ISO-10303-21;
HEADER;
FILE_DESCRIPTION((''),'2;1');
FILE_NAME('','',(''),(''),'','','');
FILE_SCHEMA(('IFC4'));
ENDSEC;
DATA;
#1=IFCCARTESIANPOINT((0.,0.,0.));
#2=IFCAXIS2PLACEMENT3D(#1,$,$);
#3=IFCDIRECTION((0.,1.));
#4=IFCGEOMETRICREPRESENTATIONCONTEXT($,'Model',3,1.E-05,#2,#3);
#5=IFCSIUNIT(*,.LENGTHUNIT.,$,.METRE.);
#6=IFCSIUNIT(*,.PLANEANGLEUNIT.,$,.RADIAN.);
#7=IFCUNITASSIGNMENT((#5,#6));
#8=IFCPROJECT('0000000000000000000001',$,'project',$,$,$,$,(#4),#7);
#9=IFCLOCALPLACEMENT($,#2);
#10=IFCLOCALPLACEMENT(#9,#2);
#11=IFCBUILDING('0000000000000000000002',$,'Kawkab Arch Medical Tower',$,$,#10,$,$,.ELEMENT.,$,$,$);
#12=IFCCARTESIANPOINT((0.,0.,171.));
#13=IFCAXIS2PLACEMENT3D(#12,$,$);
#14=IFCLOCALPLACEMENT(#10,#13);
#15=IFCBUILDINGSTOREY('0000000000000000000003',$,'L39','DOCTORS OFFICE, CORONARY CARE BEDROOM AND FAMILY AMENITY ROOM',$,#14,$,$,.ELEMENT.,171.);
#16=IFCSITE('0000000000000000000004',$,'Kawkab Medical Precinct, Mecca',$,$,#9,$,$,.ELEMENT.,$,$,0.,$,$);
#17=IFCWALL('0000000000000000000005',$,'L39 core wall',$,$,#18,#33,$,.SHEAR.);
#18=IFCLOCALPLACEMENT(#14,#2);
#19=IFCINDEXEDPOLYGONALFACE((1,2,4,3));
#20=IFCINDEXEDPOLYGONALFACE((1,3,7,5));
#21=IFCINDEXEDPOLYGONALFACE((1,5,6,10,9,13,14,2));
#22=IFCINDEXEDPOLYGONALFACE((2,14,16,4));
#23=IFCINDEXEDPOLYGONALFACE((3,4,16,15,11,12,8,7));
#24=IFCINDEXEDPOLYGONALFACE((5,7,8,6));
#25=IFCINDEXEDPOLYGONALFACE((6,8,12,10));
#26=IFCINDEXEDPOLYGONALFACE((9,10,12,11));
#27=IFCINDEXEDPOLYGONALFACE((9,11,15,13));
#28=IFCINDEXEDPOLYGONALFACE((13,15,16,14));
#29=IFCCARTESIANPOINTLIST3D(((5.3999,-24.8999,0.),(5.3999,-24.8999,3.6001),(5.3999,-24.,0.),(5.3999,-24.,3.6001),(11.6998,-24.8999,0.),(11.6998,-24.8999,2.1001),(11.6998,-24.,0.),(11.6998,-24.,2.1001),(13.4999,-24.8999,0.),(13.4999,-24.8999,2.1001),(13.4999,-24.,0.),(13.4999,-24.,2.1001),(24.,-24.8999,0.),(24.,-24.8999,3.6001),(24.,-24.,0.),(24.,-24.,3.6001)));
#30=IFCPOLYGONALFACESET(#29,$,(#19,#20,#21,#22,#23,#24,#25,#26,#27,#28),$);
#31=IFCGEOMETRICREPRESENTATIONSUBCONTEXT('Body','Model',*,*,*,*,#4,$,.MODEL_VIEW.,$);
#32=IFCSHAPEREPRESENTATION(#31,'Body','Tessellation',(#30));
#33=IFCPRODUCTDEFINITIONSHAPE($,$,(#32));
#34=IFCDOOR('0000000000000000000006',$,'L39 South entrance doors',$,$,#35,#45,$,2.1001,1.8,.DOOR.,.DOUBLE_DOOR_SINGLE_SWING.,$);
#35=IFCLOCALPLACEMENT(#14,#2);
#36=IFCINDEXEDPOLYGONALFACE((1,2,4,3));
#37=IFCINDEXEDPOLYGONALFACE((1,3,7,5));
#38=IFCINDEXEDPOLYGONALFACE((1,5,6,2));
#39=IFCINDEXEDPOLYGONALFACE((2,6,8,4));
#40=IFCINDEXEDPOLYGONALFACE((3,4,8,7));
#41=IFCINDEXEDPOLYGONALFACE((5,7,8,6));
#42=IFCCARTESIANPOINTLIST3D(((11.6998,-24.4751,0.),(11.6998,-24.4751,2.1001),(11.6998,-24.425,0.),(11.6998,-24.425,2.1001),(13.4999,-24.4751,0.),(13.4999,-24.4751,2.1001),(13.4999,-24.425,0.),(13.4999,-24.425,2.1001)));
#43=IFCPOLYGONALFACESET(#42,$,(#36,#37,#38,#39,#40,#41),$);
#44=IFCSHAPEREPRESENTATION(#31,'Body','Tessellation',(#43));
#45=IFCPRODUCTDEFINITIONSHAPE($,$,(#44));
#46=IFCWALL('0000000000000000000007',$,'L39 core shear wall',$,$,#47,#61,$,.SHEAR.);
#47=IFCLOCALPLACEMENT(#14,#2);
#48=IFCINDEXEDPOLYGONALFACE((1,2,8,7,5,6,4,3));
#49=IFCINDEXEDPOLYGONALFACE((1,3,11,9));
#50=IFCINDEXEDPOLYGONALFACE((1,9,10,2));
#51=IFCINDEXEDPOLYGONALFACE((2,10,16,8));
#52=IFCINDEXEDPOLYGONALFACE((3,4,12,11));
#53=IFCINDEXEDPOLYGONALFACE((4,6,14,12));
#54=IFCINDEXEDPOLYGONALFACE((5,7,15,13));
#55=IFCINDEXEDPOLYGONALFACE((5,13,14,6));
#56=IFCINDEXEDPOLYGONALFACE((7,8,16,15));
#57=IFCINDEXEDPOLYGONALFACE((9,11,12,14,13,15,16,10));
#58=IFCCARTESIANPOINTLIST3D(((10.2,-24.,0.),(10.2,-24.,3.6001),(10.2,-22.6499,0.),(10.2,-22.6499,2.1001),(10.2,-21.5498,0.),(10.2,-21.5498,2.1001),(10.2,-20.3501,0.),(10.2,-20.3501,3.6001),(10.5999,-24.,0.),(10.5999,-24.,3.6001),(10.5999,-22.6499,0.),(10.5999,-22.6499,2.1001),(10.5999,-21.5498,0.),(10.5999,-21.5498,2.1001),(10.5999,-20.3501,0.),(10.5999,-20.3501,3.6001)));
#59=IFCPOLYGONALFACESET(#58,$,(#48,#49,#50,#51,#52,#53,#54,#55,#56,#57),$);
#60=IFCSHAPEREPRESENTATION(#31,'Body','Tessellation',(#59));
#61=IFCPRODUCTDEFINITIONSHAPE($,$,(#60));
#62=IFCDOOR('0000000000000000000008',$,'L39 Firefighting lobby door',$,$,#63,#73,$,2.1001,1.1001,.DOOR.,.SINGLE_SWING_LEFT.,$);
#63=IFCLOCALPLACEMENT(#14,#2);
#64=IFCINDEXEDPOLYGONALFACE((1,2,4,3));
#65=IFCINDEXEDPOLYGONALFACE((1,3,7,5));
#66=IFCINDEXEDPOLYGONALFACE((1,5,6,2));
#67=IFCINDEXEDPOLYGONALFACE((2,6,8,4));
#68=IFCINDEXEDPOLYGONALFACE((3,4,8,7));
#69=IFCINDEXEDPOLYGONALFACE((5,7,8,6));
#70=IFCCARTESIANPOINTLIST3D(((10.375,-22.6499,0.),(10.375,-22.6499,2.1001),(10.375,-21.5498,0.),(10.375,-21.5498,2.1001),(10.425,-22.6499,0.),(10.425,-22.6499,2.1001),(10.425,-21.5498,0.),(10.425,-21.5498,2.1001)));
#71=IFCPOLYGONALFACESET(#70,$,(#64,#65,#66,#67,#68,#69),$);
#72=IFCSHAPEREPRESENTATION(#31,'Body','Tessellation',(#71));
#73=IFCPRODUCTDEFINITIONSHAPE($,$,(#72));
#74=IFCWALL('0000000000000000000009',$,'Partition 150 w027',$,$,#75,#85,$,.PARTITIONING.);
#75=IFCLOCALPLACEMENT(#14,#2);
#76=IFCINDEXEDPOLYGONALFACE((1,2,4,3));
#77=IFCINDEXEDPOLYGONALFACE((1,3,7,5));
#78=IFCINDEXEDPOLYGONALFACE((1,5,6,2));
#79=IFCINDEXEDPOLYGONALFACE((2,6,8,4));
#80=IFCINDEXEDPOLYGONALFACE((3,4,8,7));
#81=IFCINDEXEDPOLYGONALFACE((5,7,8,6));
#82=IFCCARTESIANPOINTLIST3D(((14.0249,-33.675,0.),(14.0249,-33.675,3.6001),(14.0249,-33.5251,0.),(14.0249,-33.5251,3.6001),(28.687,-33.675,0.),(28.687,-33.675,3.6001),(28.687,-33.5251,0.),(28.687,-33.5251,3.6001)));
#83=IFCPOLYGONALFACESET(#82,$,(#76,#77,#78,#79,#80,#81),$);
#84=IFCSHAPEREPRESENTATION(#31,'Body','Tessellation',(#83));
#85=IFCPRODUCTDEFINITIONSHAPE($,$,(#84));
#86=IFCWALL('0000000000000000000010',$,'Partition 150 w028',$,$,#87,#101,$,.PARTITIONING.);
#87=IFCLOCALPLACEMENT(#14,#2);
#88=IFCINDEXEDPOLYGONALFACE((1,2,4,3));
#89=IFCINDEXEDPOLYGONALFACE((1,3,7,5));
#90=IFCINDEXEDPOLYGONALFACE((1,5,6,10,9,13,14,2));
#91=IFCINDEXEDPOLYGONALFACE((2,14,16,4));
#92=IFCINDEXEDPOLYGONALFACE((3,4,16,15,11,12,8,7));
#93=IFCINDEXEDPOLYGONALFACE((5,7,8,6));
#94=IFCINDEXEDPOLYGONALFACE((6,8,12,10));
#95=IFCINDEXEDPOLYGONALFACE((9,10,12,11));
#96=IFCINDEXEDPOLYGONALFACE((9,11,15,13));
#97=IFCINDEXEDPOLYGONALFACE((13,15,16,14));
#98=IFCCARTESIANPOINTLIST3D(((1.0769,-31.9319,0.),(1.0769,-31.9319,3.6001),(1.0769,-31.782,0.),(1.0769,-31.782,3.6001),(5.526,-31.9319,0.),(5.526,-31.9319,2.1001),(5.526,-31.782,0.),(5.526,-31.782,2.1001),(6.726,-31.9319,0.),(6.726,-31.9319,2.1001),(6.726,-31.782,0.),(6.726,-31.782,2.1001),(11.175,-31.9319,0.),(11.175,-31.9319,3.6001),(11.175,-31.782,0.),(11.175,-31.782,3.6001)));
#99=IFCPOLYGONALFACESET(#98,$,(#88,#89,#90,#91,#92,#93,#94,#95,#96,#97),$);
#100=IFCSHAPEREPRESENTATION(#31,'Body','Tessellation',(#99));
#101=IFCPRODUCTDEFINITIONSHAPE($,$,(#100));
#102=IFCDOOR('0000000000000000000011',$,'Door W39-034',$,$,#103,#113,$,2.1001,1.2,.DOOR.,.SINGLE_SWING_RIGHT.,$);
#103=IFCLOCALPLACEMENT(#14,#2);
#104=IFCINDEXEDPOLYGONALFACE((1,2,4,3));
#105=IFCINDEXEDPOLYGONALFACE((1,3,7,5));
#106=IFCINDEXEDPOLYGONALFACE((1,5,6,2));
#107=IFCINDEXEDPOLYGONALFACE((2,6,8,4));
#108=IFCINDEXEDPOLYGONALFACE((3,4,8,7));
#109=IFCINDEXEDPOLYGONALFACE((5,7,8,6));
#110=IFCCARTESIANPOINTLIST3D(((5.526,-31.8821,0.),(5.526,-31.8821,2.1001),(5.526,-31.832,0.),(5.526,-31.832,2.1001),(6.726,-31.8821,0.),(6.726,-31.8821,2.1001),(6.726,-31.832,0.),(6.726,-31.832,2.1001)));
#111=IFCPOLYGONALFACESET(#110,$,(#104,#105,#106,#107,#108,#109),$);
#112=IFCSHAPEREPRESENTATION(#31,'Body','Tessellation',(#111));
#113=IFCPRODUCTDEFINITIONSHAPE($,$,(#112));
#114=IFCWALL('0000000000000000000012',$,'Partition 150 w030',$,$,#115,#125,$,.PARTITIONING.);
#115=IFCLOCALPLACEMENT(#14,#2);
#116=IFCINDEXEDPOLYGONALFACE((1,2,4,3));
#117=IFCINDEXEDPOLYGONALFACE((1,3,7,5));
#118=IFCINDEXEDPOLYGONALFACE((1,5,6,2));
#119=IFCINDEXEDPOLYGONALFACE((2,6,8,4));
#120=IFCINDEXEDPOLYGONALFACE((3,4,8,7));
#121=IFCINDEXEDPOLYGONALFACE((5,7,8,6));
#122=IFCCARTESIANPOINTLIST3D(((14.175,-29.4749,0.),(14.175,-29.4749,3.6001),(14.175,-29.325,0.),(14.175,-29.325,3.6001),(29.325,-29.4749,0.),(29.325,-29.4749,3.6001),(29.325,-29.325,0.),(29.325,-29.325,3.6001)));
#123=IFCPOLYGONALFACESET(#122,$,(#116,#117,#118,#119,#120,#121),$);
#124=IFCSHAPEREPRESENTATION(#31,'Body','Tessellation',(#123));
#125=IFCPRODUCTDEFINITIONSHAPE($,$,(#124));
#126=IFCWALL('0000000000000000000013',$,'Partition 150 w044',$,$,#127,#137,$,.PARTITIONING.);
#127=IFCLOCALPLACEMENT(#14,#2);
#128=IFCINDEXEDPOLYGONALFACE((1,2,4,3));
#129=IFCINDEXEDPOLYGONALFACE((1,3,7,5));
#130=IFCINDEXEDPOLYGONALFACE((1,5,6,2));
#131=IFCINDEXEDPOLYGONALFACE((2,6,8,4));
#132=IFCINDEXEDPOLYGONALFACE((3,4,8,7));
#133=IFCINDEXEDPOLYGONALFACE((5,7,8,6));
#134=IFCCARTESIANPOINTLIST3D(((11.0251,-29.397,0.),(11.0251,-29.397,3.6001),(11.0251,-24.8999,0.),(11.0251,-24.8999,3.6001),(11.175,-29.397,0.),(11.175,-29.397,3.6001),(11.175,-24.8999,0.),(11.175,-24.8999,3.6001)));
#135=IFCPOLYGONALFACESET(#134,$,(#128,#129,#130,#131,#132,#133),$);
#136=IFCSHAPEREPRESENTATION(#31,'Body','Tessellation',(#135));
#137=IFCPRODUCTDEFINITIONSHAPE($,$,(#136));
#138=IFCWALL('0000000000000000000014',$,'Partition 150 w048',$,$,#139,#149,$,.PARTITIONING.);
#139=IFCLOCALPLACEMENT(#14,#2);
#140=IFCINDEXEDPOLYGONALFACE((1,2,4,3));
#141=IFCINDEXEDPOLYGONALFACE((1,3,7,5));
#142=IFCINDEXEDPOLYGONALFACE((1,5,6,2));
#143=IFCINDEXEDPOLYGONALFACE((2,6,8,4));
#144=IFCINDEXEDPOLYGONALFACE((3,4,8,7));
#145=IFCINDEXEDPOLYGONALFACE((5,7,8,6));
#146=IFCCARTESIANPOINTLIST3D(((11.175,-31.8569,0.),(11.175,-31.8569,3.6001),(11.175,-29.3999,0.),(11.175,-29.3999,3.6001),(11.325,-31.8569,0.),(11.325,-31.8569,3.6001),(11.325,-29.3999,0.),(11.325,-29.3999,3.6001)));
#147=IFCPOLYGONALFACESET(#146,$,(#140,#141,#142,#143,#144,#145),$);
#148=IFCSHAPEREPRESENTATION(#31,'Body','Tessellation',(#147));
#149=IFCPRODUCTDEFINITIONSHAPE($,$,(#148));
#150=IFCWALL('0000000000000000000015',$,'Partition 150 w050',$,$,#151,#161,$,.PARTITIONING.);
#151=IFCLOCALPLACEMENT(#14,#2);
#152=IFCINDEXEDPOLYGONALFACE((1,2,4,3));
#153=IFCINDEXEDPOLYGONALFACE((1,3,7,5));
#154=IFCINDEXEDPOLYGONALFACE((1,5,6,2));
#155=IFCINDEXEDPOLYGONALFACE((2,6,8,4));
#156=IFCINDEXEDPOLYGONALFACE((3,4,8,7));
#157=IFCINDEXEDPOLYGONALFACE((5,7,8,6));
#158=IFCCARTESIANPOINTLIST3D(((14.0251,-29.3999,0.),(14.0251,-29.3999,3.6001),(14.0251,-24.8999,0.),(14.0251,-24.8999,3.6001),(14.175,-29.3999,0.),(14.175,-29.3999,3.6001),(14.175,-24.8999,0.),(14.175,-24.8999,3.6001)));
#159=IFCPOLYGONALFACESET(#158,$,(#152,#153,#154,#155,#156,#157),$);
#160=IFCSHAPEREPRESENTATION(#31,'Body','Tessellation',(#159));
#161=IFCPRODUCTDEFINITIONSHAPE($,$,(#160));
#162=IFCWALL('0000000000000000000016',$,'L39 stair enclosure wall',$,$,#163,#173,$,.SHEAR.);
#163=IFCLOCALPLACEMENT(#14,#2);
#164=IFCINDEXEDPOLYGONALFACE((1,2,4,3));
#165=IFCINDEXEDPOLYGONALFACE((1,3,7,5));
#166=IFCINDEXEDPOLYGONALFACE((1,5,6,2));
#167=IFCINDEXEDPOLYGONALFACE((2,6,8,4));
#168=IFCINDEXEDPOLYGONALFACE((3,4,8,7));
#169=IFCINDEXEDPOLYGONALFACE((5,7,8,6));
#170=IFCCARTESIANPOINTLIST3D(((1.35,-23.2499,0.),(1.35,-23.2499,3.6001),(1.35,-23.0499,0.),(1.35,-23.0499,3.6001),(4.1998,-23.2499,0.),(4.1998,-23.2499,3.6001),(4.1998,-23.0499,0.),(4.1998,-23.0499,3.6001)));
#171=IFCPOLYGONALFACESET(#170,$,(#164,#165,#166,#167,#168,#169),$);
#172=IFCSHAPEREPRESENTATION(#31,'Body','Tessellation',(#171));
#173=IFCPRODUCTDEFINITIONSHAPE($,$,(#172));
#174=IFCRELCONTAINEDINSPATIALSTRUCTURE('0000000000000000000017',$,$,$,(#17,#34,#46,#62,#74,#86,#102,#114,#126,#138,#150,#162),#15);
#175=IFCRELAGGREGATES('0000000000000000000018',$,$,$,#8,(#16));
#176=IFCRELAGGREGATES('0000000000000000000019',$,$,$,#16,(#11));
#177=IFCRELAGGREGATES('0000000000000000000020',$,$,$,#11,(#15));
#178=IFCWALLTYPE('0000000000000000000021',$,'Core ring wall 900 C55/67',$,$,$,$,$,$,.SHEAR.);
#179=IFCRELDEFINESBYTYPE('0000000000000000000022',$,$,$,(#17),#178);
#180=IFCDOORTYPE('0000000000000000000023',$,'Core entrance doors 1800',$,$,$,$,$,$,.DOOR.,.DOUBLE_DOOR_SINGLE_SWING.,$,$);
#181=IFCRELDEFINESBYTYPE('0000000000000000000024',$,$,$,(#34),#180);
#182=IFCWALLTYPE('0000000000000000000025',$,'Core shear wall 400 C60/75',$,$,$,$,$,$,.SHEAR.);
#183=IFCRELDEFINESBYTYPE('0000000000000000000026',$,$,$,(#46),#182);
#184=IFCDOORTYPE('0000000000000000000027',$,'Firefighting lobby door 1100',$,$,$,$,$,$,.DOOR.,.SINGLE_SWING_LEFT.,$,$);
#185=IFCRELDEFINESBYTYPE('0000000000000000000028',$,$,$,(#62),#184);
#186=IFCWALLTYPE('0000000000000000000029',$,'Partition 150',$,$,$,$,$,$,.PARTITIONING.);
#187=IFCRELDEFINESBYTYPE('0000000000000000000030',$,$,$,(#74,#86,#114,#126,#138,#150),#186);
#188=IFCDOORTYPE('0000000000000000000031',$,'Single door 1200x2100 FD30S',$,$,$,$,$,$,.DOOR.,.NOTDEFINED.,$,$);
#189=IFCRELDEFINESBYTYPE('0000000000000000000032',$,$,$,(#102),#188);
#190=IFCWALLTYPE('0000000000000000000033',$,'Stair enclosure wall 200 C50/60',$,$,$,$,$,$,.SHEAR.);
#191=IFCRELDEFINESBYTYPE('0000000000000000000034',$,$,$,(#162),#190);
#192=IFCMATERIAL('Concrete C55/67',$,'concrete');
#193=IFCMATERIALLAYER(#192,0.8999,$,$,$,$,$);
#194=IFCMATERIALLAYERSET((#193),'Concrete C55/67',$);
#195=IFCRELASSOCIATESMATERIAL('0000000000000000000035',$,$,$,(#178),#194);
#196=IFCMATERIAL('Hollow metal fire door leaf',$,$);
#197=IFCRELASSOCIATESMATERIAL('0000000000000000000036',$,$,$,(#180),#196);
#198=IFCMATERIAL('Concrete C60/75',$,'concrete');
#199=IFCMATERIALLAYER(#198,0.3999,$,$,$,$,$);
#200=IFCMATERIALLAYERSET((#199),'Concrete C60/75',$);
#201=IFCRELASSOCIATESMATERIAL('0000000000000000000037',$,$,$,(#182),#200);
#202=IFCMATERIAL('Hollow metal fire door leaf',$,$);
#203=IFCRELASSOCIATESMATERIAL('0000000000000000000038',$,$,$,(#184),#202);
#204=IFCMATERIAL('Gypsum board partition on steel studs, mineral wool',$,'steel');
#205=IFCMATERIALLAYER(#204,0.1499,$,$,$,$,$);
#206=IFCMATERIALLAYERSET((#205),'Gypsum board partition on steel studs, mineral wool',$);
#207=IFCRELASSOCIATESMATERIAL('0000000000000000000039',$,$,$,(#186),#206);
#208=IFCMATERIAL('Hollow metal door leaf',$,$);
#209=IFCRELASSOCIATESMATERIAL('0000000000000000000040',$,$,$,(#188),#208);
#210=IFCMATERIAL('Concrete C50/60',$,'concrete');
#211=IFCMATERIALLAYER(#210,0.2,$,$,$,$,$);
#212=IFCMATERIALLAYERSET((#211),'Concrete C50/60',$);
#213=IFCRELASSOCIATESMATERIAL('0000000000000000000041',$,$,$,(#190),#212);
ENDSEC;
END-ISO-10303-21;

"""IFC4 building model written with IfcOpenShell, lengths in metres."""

from ifc_helpers import new_model, si_unit, direction, frame, frame_2d, origin, place, context, subcontext, project, spatial, rectangle, extrude, material, layer, layer_set, type_object, element, fill, save


model = new_model("IFC4")

# Units and contexts
model_context = context("Model", 3, precision=1e-05, world=origin(), true_north=direction((0.0, 1.0)))
body_context = subcontext(model_context, "Body", "Model", "MODEL_VIEW")
ifc_project = project(units=[si_unit("LENGTHUNIT", "METRE"), si_unit("PLANEANGLEUNIT", "RADIAN")], contexts=[model_context])

# Site, building, storey
site_placement = place(None, origin())
site = spatial("IfcSite", under=ifc_project, at=site_placement, Name="Kawkab Medical Precinct, Mecca", CompositionType="ELEMENT", RefElevation=0.0)
building_placement = place(site_placement, origin())
building = spatial("IfcBuilding", under=site, at=building_placement, Name="Kawkab Arch Medical Tower", CompositionType="ELEMENT")
storey_placement = place(building_placement, frame((0.0, 0.0, 171.0)))
storey = spatial("IfcBuildingStorey", under=building, at=storey_placement, Name="L39", Description="DOCTORS OFFICE, CORONARY CARE BEDROOM AND FAMILY AMENITY ROOM", CompositionType="ELEMENT", Elevation=171.0)

# Walls, openings, doors
ifc_material_1 = material(Name="Concrete C55/67", Category="concrete")
ifc_layer_1 = layer(ifc_material_1, 0.8999)
ifc_layer_set_1 = layer_set([ifc_layer_1], Name="Concrete C55/67")
wall_type_1 = type_object("IfcWallType", Name="Core ring wall 900 C55/67", PredefinedType="SHEAR", material=ifc_layer_set_1)
wall_1_placement = place(storey_placement, frame((5.3999, -24.45, 0.0), z_axis=(0.0, 0.0, 1.0), x_axis=(1.0, 0.0, 0.0)))
wall_1 = element("IfcWall", 1, at=wall_1_placement, inside=storey, type_object=wall_type_1, Name="L39 core wall", PredefinedType="SHEAR", context=body_context, shape_type="SweptSolid", body=[
    extrude(rectangle(XDim=18.6001, YDim=0.8999, at=frame_2d((9.3, 0.0))), origin(), (0.0, 0.0, 1.0), 3.6001),
])
opening_1_placement = place(wall_1_placement, frame((6.3, 0.0, 0.0)))
opening_1 = element("IfcOpeningElement", 2, at=opening_1_placement, cuts=wall_1, PredefinedType="OPENING", context=body_context, shape_type="SweptSolid", body=[
    extrude(rectangle(XDim=1.8, YDim=2.1001, at=frame_2d((0.8999, 1.05))), frame((0.0, 0.46, 0.0), z_axis=(0.0, -1.0, 0.0), x_axis=(1.0, 0.0, 0.0)), (0.0, 0.0, 1.0), 0.9199),
])
ifc_material_2 = material(Name="Hollow metal fire door leaf")
door_type_1 = type_object("IfcDoorType", Name="Core entrance doors 1800", OperationType="DOUBLE_DOOR_SINGLE_SWING", PredefinedType="DOOR", material=ifc_material_2)
door_1_placement = place(opening_1_placement, origin())
door_1 = element("IfcDoor", 3, at=door_1_placement, inside=storey, type_object=door_type_1, Name="L39 South entrance doors", OperationType="DOUBLE_DOOR_SINGLE_SWING", OverallHeight=2.1001, OverallWidth=1.8, PredefinedType="DOOR", context=body_context, shape_type="SweptSolid", body=[
    extrude(rectangle(XDim=1.8, YDim=2.1001, at=frame_2d((0.8999, 1.05))), frame((0.0, 0.0249, 0.0), z_axis=(0.0, -1.0, 0.0), x_axis=(1.0, 0.0, 0.0)), (0.0, 0.0, 1.0), 0.05),
])
fill(opening_1, door_1)
ifc_material_3 = material(Name="Concrete C60/75", Category="concrete")
ifc_layer_2 = layer(ifc_material_3, 0.3999)
ifc_layer_set_2 = layer_set([ifc_layer_2], Name="Concrete C60/75")
wall_type_2 = type_object("IfcWallType", Name="Core shear wall 400 C60/75", PredefinedType="SHEAR", material=ifc_layer_set_2)
wall_2_placement = place(storey_placement, frame((10.3999, -24.0, 0.0), z_axis=(0.0, 0.0, 1.0), x_axis=(0.0, 1.0, 0.0)))
wall_2 = element("IfcWall", 4, at=wall_2_placement, inside=storey, type_object=wall_type_2, Name="L39 core shear wall", PredefinedType="SHEAR", context=body_context, shape_type="SweptSolid", body=[
    extrude(rectangle(XDim=3.6499, YDim=0.3999, at=frame_2d((1.825, 0.0))), origin(), (0.0, 0.0, 1.0), 3.6001),
])
opening_2_placement = place(wall_2_placement, frame((1.3501, 0.0, 0.0)))
opening_2 = element("IfcOpeningElement", 5, at=opening_2_placement, cuts=wall_2, PredefinedType="OPENING", context=body_context, shape_type="SweptSolid", body=[
    extrude(rectangle(XDim=1.1001, YDim=2.1001, at=frame_2d((0.55, 1.05))), frame((0.0, 0.21, 0.0), z_axis=(0.0, -1.0, 0.0), x_axis=(1.0, 0.0, 0.0)), (0.0, 0.0, 1.0), 0.4199),
])
ifc_material_4 = material(Name="Hollow metal fire door leaf")
door_type_2 = type_object("IfcDoorType", Name="Firefighting lobby door 1100", OperationType="SINGLE_SWING_LEFT", PredefinedType="DOOR", material=ifc_material_4)
door_2_placement = place(opening_2_placement, origin())
door_2 = element("IfcDoor", 6, at=door_2_placement, inside=storey, type_object=door_type_2, Name="L39 Firefighting lobby door", OperationType="SINGLE_SWING_LEFT", OverallHeight=2.1001, OverallWidth=1.1001, PredefinedType="DOOR", context=body_context, shape_type="SweptSolid", body=[
    extrude(rectangle(XDim=1.1001, YDim=2.1001, at=frame_2d((0.55, 1.05))), frame((0.0, 0.0249, 0.0), z_axis=(0.0, -1.0, 0.0), x_axis=(1.0, 0.0, 0.0)), (0.0, 0.0, 1.0), 0.05),
])
fill(opening_2, door_2)

# Wall
ifc_material_5 = material(Name="Gypsum board partition on steel studs, mineral wool", Category="steel")
ifc_layer_3 = layer(ifc_material_5, 0.1499)
ifc_layer_set_3 = layer_set([ifc_layer_3], Name="Gypsum board partition on steel studs, mineral wool")
wall_type_3 = type_object("IfcWallType", Name="Partition 150", PredefinedType="PARTITIONING", material=ifc_layer_set_3)
wall_3_placement = place(storey_placement, frame((14.0249, -33.6001, 0.0), z_axis=(0.0, 0.0, 1.0), x_axis=(1.0, 0.0, 0.0)))
element("IfcWall", 7, at=wall_3_placement, inside=storey, type_object=wall_type_3, Name="Partition 150 w027", PredefinedType="PARTITIONING", context=body_context, shape_type="SweptSolid", body=[
    extrude(rectangle(XDim=14.6621, YDim=0.1499, at=frame_2d((7.3311, 0.0))), origin(), (0.0, 0.0, 1.0), 3.6001),
])

# Wall, opening, door
wall_4_placement = place(storey_placement, frame((1.0769, -31.8569, 0.0), z_axis=(0.0, 0.0, 1.0), x_axis=(1.0, 0.0, 0.0)))
wall_4 = element("IfcWall", 8, at=wall_4_placement, inside=storey, type_object=wall_type_3, Name="Partition 150 w028", PredefinedType="PARTITIONING", context=body_context, shape_type="SweptSolid", body=[
    extrude(rectangle(XDim=10.0981, YDim=0.1499, at=frame_2d((5.0491, 0.0))), origin(), (0.0, 0.0, 1.0), 3.6001),
])
opening_3_placement = place(wall_4_placement, frame((4.449, 0.0, 0.0)))
opening_3 = element("IfcOpeningElement", 9, at=opening_3_placement, cuts=wall_4, PredefinedType="OPENING", context=body_context, shape_type="SweptSolid", body=[
    extrude(rectangle(XDim=1.2, YDim=2.1001, at=frame_2d((0.6001, 1.05))), frame((0.0, 0.085, 0.0), z_axis=(0.0, -1.0, 0.0), x_axis=(1.0, 0.0, 0.0)), (0.0, 0.0, 1.0), 0.1699),
])
ifc_material_6 = material(Name="Hollow metal door leaf")
door_type_3 = type_object("IfcDoorType", Name="Single door 1200x2100 FD30S", OperationType="NOTDEFINED", PredefinedType="DOOR", material=ifc_material_6)
door_3_placement = place(opening_3_placement, origin())
door_3 = element("IfcDoor", 10, at=door_3_placement, inside=storey, type_object=door_type_3, Name="Door W39-034", OperationType="SINGLE_SWING_RIGHT", OverallHeight=2.1001, OverallWidth=1.2, PredefinedType="DOOR", context=body_context, shape_type="SweptSolid", body=[
    extrude(rectangle(XDim=1.2, YDim=2.1001, at=frame_2d((0.6001, 1.05))), frame((0.0, 0.0249, 0.0), z_axis=(0.0, -1.0, 0.0), x_axis=(1.0, 0.0, 0.0)), (0.0, 0.0, 1.0), 0.05),
])
fill(opening_3, door_3)

# Walls
wall_5_placement = place(storey_placement, frame((14.175, -29.3999, 0.0), z_axis=(0.0, 0.0, 1.0), x_axis=(1.0, 0.0, 0.0)))
element("IfcWall", 11, at=wall_5_placement, inside=storey, type_object=wall_type_3, Name="Partition 150 w030", PredefinedType="PARTITIONING", context=body_context, shape_type="SweptSolid", body=[
    extrude(rectangle(XDim=15.1499, YDim=0.1499, at=frame_2d((7.575, 0.0))), origin(), (0.0, 0.0, 1.0), 3.6001),
])
wall_6_placement = place(storey_placement, frame((11.1001, -29.397, 0.0), z_axis=(0.0, 0.0, 1.0), x_axis=(0.0, 1.0, 0.0)))
element("IfcWall", 12, at=wall_6_placement, inside=storey, type_object=wall_type_3, Name="Partition 150 w044", PredefinedType="PARTITIONING", context=body_context, shape_type="SweptSolid", body=[
    extrude(rectangle(XDim=4.4971, YDim=0.1499, at=frame_2d((2.2485, 0.0))), origin(), (0.0, 0.0, 1.0), 3.6001),
])
wall_7_placement = place(storey_placement, frame((11.25, -31.8569, 0.0), z_axis=(0.0, 0.0, 1.0), x_axis=(0.0, 1.0, 0.0)))
element("IfcWall", 13, at=wall_7_placement, inside=storey, type_object=wall_type_3, Name="Partition 150 w048", PredefinedType="PARTITIONING", context=body_context, shape_type="SweptSolid", body=[
    extrude(rectangle(XDim=2.457, YDim=0.1499, at=frame_2d((1.2285, 0.0))), origin(), (0.0, 0.0, 1.0), 3.6001),
])
wall_8_placement = place(storey_placement, frame((14.1001, -29.3999, 0.0), z_axis=(0.0, 0.0, 1.0), x_axis=(0.0, 1.0, 0.0)))
element("IfcWall", 14, at=wall_8_placement, inside=storey, type_object=wall_type_3, Name="Partition 150 w050", PredefinedType="PARTITIONING", context=body_context, shape_type="SweptSolid", body=[
    extrude(rectangle(XDim=4.5, YDim=0.1499, at=frame_2d((2.25, 0.0))), origin(), (0.0, 0.0, 1.0), 3.6001),
])
ifc_material_7 = material(Name="Concrete C50/60", Category="concrete")
ifc_layer_4 = layer(ifc_material_7, 0.2)
ifc_layer_set_4 = layer_set([ifc_layer_4], Name="Concrete C50/60")
wall_type_4 = type_object("IfcWallType", Name="Stair enclosure wall 200 C50/60", PredefinedType="SHEAR", material=ifc_layer_set_4)
wall_9_placement = place(storey_placement, frame((1.3501, -23.1499, 0.0), z_axis=(0.0, 0.0, 1.0), x_axis=(1.0, 0.0, 0.0)))
element("IfcWall", 15, at=wall_9_placement, inside=storey, type_object=wall_type_4, Name="L39 stair enclosure wall", PredefinedType="SHEAR", context=body_context, shape_type="SweptSolid", body=[
    extrude(rectangle(XDim=2.8499, YDim=0.2, at=frame_2d((1.4248, 0.0))), origin(), (0.0, 0.0, 1.0), 3.6001),
])

save(model, "model.ifc")
